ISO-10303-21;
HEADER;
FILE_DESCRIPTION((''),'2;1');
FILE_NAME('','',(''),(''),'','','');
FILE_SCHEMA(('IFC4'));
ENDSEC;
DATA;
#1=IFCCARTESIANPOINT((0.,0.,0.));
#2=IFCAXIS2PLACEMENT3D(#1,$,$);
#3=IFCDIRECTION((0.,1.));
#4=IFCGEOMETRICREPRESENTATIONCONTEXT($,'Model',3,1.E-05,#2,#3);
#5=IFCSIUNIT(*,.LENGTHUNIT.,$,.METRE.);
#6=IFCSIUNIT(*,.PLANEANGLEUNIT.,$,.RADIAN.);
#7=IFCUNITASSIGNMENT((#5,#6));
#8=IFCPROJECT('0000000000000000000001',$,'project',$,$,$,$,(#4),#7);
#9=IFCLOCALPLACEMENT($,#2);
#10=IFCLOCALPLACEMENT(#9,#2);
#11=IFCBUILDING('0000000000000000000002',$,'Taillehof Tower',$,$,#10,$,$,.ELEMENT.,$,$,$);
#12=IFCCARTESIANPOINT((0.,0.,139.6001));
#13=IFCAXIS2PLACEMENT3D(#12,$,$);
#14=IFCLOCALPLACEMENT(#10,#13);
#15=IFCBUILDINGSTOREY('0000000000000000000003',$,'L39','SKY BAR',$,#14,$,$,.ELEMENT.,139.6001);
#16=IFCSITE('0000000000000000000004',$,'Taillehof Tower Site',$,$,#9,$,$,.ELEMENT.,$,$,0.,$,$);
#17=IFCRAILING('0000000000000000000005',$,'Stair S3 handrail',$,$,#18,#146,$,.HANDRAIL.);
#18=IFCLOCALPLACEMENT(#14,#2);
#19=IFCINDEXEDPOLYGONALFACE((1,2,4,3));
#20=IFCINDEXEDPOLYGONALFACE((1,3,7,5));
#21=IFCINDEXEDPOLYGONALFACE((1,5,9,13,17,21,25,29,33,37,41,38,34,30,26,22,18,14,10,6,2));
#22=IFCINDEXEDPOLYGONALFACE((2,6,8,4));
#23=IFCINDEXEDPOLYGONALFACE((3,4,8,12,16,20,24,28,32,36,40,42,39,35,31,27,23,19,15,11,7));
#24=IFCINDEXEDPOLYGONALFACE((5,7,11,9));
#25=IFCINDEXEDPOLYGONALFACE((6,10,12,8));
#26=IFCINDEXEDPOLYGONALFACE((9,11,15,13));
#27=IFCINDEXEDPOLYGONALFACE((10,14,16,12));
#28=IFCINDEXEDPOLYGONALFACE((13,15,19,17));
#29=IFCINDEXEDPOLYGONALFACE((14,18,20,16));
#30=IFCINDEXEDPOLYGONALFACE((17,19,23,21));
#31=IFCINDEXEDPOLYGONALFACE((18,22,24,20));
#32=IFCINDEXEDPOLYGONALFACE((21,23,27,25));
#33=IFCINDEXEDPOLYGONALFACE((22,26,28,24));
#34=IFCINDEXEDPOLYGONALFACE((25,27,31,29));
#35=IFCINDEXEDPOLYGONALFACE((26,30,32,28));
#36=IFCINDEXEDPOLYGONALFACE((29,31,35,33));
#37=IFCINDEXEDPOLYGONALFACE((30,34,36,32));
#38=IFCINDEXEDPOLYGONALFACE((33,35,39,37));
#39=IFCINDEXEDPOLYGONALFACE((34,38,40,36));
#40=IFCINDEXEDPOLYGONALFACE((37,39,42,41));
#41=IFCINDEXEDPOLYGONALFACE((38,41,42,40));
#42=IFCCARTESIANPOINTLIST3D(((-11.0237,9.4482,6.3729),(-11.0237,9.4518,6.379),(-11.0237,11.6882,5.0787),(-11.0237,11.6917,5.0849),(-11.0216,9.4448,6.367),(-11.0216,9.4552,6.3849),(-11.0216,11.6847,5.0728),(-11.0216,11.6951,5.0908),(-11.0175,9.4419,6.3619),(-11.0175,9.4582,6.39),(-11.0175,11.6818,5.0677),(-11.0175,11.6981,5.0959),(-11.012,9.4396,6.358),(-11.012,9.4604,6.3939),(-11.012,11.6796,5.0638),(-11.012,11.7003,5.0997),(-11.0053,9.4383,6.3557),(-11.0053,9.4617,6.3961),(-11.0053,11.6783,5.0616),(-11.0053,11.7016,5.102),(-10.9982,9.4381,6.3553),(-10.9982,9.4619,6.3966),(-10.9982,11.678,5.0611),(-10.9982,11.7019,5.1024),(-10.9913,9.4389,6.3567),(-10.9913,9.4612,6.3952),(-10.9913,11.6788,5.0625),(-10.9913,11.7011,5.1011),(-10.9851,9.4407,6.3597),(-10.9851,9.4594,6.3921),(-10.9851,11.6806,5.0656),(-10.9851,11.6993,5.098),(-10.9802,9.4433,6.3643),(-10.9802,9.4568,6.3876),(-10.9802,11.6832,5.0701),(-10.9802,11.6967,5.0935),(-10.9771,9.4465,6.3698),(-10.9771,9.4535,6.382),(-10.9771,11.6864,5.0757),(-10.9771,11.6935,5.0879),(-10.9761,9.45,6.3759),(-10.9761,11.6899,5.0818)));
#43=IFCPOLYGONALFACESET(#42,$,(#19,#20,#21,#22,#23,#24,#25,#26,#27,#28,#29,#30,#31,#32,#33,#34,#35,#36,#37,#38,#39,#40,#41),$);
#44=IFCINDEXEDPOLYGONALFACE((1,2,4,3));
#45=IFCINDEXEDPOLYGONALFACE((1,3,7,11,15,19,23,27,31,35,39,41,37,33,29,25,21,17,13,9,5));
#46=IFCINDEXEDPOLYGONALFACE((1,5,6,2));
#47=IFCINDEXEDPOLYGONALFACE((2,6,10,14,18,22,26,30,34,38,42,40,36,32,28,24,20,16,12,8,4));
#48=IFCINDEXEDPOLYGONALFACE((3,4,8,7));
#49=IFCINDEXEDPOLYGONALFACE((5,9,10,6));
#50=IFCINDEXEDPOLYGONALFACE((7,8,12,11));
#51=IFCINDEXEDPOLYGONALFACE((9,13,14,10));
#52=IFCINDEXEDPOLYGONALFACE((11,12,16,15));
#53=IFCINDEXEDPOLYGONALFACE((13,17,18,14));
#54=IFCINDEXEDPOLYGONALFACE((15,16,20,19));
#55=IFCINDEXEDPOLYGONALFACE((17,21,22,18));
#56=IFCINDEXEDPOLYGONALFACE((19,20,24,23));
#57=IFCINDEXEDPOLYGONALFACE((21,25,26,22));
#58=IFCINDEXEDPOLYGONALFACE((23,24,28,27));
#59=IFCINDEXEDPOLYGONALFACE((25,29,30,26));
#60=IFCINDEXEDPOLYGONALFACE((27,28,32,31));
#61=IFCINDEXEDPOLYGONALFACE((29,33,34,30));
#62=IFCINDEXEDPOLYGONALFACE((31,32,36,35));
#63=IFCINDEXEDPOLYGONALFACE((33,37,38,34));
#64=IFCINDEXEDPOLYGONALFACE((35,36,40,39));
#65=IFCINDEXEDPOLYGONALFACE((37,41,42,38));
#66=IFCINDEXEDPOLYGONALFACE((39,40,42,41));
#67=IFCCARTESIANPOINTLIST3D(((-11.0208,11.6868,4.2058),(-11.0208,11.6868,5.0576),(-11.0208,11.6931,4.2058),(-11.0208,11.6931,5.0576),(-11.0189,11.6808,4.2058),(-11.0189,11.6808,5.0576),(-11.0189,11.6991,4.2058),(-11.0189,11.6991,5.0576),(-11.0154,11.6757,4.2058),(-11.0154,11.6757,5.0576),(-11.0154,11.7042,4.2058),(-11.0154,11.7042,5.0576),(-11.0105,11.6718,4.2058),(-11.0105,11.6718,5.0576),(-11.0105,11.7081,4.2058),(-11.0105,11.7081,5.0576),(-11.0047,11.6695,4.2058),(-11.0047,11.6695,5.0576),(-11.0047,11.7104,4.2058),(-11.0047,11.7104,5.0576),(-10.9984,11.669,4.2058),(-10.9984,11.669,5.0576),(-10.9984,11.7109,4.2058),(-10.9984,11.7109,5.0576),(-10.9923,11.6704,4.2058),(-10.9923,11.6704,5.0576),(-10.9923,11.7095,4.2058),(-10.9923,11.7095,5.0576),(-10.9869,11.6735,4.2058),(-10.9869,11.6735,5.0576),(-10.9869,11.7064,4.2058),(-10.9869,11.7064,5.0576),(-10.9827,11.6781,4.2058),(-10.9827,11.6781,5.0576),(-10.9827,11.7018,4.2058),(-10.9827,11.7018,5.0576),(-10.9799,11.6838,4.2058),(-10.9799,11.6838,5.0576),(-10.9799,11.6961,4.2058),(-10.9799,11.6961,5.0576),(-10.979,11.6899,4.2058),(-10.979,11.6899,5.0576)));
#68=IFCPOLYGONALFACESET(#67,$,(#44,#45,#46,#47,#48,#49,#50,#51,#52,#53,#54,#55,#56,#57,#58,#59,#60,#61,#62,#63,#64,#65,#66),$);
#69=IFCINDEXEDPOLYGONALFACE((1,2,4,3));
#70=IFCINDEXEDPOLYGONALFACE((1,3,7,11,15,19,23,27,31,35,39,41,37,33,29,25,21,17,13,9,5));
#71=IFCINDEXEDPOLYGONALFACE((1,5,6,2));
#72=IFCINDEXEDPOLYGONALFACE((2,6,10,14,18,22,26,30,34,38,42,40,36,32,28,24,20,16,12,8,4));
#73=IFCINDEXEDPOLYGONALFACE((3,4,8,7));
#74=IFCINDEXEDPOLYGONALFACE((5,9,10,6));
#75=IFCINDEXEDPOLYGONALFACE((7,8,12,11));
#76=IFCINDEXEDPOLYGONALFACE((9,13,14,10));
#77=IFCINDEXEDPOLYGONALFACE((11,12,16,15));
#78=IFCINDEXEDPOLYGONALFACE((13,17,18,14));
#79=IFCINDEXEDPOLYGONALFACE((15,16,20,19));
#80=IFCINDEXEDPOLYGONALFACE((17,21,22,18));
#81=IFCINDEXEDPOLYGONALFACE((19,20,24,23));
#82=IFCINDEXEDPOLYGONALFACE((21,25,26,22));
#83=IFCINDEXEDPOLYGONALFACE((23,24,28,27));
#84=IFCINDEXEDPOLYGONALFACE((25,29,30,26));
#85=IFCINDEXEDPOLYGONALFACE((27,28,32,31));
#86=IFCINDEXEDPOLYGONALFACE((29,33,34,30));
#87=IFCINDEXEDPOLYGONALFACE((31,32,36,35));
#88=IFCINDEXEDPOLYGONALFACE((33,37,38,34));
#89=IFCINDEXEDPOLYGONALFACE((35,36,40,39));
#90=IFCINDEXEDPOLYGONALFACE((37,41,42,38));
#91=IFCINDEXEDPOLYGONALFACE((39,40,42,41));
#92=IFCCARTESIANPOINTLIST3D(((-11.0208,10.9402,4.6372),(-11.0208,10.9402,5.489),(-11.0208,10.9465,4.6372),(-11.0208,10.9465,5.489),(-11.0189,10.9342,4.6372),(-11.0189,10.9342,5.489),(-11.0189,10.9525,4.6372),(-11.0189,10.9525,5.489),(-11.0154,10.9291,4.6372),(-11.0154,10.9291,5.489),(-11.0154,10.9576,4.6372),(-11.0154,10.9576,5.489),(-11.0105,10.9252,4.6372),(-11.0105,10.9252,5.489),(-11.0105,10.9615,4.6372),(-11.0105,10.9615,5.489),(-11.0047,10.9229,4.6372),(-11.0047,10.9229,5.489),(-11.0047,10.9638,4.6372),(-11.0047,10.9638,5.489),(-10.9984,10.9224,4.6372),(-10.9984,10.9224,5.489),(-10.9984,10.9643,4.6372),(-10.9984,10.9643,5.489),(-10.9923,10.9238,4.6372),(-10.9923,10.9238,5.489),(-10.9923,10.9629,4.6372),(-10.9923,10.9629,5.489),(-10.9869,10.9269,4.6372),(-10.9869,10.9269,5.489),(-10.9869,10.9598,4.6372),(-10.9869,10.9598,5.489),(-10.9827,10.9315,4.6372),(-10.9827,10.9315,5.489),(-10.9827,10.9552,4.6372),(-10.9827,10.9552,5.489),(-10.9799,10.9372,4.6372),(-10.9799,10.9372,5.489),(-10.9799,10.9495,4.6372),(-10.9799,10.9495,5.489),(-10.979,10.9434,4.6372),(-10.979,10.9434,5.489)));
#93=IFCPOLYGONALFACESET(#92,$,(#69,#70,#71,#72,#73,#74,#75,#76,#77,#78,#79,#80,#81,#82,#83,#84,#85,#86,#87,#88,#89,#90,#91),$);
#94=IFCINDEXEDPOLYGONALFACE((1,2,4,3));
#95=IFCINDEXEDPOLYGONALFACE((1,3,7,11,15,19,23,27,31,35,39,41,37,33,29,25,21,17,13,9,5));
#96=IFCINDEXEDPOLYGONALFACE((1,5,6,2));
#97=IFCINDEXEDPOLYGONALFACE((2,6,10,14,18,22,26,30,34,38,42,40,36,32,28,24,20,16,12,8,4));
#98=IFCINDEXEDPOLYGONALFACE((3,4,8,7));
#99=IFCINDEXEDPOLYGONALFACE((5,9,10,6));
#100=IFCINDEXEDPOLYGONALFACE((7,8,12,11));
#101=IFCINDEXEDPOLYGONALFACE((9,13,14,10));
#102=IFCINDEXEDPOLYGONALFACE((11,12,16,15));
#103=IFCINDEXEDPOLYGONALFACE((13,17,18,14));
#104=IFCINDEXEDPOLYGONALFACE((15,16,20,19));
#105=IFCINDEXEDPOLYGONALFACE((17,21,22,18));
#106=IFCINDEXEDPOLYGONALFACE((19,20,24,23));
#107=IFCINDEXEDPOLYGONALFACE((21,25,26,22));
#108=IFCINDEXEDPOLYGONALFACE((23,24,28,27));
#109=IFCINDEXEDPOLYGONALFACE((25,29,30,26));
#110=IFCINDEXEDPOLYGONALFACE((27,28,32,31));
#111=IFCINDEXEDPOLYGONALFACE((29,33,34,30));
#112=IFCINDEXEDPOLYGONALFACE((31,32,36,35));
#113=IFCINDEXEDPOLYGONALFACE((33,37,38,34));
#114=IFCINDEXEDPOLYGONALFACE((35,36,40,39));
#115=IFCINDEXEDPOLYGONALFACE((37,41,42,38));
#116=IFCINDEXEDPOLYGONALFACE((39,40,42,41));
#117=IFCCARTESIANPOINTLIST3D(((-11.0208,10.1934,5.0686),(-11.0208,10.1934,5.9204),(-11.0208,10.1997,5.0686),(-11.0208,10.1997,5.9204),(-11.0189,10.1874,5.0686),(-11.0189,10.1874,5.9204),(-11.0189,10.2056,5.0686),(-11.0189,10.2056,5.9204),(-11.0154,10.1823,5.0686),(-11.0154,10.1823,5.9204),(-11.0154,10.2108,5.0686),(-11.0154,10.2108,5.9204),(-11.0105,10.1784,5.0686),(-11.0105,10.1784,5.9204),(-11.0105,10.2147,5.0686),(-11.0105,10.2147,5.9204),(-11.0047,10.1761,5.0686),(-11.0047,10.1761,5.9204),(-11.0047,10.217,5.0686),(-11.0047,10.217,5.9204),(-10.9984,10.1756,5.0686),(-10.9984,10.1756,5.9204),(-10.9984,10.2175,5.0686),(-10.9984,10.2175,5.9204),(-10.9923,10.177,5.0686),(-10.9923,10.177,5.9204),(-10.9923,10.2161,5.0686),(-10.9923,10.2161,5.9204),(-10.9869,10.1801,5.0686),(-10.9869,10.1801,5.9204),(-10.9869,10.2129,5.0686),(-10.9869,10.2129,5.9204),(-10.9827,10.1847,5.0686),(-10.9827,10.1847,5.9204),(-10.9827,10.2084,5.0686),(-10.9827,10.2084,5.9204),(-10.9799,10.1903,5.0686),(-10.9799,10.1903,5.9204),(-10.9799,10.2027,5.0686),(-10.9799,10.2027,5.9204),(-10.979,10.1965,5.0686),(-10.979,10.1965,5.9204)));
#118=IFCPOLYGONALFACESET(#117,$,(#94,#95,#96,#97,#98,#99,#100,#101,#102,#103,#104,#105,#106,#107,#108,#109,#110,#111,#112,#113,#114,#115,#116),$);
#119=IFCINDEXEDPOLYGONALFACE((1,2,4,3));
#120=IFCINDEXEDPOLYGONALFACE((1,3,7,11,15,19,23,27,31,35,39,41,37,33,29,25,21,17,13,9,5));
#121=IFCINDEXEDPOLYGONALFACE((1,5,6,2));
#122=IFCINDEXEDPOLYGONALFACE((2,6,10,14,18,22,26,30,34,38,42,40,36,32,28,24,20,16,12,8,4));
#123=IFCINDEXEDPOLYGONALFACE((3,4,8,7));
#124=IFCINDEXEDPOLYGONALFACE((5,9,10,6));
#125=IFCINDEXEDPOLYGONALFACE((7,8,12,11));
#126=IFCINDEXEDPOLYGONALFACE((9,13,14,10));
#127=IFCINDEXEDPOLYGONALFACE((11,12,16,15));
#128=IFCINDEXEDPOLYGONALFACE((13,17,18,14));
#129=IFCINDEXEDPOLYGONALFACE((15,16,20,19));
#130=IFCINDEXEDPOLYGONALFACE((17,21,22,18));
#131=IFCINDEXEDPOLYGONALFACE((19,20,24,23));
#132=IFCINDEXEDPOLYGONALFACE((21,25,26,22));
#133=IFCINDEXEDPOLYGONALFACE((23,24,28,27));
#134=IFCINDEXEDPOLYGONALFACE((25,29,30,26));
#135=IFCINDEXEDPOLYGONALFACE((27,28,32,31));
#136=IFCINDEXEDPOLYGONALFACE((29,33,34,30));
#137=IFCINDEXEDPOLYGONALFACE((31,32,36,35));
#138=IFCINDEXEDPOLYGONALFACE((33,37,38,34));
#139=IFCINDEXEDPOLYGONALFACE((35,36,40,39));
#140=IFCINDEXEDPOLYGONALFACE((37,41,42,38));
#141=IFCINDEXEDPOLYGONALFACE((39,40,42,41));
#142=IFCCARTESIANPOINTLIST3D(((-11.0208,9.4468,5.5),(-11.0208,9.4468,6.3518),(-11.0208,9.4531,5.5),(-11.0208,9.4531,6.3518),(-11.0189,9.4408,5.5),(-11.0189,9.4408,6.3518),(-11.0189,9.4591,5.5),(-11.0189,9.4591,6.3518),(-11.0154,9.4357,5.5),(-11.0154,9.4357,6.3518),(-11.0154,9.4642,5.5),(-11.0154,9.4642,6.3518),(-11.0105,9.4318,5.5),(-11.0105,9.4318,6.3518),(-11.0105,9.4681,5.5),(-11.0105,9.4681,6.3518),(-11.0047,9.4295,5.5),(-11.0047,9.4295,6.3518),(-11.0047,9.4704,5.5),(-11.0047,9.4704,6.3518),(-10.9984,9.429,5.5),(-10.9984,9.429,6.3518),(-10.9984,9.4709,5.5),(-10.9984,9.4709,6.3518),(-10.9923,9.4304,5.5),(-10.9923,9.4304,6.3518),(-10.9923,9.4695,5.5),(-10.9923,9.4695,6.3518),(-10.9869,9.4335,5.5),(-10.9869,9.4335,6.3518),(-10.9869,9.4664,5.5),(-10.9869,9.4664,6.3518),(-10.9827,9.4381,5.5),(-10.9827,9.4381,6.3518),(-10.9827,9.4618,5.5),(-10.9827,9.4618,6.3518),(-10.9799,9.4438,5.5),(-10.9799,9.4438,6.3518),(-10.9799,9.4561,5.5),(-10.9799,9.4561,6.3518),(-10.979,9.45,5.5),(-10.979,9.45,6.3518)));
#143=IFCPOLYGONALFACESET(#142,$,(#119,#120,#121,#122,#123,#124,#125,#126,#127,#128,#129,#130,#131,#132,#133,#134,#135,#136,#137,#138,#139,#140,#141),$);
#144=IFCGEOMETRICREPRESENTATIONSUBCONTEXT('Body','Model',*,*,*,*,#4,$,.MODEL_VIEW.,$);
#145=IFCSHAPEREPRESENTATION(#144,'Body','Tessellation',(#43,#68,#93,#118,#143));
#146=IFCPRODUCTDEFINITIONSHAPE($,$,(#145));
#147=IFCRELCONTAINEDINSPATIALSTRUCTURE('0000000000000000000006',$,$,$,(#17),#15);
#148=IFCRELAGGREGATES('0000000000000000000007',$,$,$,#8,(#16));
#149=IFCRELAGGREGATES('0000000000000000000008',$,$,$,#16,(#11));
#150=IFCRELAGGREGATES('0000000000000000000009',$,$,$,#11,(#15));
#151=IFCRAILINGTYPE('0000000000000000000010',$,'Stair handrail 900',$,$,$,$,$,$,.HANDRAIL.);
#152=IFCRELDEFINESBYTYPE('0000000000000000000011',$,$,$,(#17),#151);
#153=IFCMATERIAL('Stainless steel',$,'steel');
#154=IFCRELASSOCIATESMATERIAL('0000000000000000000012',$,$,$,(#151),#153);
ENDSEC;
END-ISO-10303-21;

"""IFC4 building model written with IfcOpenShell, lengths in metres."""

from ifc_helpers import new_model, si_unit, direction, frame, origin, origin_2d, place, context, subcontext, project, spatial, circle, extrude, material, type_object, element, save


model = new_model("IFC4")

# Units and contexts
model_context = context("Model", 3, precision=1e-05, world=origin(), true_north=direction((0.0, 1.0)))
body_context = subcontext(model_context, "Body", "Model", "MODEL_VIEW")
ifc_project = project(units=[si_unit("LENGTHUNIT", "METRE"), si_unit("PLANEANGLEUNIT", "RADIAN")], contexts=[model_context])

# Site, building, storey
site_placement = place(None, origin())
site = spatial("IfcSite", under=ifc_project, at=site_placement, Name="Taillehof Tower Site", CompositionType="ELEMENT", RefElevation=0.0)
building_placement = place(site_placement, origin())
building = spatial("IfcBuilding", under=site, at=building_placement, Name="Taillehof Tower", CompositionType="ELEMENT")
storey_placement = place(building_placement, frame((0.0, 0.0, 139.6001)))
storey = spatial("IfcBuildingStorey", under=building, at=storey_placement, Name="L39", Description="SKY BAR", CompositionType="ELEMENT", Elevation=139.6001)

# Railing
ifc_material_1 = material(Name="Stainless steel", Category="steel")
railing_type = type_object("IfcRailingType", Name="Stair handrail 900", PredefinedType="HANDRAIL", material=ifc_material_1)
railing_1_placement = place(storey_placement, frame((-11.0, 11.6899, 4.2058)))
element("IfcRailing", 1, at=railing_1_placement, inside=storey, type_object=railing_type, Name="Stair S3 handrail", PredefinedType="HANDRAIL", context=body_context, shape_type="SweptSolid", body=[
    extrude(circle(Radius=0.0239, at=origin_2d()), frame((0.0, 0.0, 0.876), z_axis=(0.0, -0.86587, 0.50027), x_axis=(1.0, 0.0, 0.0)), (0.0, 0.0, 1.0), 2.5869),
    extrude(circle(Radius=0.021, at=origin_2d()), origin(), (0.0, 0.0, 1.0), 0.8518),
    extrude(circle(Radius=0.021, at=origin_2d()), frame((0.0, -0.7466, 0.4314)), (0.0, 0.0, 1.0), 0.8518),
    extrude(circle(Radius=0.021, at=origin_2d()), frame((0.0, -1.4934, 0.8628)), (0.0, 0.0, 1.0), 0.8518),
    extrude(circle(Radius=0.021, at=origin_2d()), frame((0.0, -2.24, 1.2942)), (0.0, 0.0, 1.0), 0.8518),
])

save(model, "model.ifc")
